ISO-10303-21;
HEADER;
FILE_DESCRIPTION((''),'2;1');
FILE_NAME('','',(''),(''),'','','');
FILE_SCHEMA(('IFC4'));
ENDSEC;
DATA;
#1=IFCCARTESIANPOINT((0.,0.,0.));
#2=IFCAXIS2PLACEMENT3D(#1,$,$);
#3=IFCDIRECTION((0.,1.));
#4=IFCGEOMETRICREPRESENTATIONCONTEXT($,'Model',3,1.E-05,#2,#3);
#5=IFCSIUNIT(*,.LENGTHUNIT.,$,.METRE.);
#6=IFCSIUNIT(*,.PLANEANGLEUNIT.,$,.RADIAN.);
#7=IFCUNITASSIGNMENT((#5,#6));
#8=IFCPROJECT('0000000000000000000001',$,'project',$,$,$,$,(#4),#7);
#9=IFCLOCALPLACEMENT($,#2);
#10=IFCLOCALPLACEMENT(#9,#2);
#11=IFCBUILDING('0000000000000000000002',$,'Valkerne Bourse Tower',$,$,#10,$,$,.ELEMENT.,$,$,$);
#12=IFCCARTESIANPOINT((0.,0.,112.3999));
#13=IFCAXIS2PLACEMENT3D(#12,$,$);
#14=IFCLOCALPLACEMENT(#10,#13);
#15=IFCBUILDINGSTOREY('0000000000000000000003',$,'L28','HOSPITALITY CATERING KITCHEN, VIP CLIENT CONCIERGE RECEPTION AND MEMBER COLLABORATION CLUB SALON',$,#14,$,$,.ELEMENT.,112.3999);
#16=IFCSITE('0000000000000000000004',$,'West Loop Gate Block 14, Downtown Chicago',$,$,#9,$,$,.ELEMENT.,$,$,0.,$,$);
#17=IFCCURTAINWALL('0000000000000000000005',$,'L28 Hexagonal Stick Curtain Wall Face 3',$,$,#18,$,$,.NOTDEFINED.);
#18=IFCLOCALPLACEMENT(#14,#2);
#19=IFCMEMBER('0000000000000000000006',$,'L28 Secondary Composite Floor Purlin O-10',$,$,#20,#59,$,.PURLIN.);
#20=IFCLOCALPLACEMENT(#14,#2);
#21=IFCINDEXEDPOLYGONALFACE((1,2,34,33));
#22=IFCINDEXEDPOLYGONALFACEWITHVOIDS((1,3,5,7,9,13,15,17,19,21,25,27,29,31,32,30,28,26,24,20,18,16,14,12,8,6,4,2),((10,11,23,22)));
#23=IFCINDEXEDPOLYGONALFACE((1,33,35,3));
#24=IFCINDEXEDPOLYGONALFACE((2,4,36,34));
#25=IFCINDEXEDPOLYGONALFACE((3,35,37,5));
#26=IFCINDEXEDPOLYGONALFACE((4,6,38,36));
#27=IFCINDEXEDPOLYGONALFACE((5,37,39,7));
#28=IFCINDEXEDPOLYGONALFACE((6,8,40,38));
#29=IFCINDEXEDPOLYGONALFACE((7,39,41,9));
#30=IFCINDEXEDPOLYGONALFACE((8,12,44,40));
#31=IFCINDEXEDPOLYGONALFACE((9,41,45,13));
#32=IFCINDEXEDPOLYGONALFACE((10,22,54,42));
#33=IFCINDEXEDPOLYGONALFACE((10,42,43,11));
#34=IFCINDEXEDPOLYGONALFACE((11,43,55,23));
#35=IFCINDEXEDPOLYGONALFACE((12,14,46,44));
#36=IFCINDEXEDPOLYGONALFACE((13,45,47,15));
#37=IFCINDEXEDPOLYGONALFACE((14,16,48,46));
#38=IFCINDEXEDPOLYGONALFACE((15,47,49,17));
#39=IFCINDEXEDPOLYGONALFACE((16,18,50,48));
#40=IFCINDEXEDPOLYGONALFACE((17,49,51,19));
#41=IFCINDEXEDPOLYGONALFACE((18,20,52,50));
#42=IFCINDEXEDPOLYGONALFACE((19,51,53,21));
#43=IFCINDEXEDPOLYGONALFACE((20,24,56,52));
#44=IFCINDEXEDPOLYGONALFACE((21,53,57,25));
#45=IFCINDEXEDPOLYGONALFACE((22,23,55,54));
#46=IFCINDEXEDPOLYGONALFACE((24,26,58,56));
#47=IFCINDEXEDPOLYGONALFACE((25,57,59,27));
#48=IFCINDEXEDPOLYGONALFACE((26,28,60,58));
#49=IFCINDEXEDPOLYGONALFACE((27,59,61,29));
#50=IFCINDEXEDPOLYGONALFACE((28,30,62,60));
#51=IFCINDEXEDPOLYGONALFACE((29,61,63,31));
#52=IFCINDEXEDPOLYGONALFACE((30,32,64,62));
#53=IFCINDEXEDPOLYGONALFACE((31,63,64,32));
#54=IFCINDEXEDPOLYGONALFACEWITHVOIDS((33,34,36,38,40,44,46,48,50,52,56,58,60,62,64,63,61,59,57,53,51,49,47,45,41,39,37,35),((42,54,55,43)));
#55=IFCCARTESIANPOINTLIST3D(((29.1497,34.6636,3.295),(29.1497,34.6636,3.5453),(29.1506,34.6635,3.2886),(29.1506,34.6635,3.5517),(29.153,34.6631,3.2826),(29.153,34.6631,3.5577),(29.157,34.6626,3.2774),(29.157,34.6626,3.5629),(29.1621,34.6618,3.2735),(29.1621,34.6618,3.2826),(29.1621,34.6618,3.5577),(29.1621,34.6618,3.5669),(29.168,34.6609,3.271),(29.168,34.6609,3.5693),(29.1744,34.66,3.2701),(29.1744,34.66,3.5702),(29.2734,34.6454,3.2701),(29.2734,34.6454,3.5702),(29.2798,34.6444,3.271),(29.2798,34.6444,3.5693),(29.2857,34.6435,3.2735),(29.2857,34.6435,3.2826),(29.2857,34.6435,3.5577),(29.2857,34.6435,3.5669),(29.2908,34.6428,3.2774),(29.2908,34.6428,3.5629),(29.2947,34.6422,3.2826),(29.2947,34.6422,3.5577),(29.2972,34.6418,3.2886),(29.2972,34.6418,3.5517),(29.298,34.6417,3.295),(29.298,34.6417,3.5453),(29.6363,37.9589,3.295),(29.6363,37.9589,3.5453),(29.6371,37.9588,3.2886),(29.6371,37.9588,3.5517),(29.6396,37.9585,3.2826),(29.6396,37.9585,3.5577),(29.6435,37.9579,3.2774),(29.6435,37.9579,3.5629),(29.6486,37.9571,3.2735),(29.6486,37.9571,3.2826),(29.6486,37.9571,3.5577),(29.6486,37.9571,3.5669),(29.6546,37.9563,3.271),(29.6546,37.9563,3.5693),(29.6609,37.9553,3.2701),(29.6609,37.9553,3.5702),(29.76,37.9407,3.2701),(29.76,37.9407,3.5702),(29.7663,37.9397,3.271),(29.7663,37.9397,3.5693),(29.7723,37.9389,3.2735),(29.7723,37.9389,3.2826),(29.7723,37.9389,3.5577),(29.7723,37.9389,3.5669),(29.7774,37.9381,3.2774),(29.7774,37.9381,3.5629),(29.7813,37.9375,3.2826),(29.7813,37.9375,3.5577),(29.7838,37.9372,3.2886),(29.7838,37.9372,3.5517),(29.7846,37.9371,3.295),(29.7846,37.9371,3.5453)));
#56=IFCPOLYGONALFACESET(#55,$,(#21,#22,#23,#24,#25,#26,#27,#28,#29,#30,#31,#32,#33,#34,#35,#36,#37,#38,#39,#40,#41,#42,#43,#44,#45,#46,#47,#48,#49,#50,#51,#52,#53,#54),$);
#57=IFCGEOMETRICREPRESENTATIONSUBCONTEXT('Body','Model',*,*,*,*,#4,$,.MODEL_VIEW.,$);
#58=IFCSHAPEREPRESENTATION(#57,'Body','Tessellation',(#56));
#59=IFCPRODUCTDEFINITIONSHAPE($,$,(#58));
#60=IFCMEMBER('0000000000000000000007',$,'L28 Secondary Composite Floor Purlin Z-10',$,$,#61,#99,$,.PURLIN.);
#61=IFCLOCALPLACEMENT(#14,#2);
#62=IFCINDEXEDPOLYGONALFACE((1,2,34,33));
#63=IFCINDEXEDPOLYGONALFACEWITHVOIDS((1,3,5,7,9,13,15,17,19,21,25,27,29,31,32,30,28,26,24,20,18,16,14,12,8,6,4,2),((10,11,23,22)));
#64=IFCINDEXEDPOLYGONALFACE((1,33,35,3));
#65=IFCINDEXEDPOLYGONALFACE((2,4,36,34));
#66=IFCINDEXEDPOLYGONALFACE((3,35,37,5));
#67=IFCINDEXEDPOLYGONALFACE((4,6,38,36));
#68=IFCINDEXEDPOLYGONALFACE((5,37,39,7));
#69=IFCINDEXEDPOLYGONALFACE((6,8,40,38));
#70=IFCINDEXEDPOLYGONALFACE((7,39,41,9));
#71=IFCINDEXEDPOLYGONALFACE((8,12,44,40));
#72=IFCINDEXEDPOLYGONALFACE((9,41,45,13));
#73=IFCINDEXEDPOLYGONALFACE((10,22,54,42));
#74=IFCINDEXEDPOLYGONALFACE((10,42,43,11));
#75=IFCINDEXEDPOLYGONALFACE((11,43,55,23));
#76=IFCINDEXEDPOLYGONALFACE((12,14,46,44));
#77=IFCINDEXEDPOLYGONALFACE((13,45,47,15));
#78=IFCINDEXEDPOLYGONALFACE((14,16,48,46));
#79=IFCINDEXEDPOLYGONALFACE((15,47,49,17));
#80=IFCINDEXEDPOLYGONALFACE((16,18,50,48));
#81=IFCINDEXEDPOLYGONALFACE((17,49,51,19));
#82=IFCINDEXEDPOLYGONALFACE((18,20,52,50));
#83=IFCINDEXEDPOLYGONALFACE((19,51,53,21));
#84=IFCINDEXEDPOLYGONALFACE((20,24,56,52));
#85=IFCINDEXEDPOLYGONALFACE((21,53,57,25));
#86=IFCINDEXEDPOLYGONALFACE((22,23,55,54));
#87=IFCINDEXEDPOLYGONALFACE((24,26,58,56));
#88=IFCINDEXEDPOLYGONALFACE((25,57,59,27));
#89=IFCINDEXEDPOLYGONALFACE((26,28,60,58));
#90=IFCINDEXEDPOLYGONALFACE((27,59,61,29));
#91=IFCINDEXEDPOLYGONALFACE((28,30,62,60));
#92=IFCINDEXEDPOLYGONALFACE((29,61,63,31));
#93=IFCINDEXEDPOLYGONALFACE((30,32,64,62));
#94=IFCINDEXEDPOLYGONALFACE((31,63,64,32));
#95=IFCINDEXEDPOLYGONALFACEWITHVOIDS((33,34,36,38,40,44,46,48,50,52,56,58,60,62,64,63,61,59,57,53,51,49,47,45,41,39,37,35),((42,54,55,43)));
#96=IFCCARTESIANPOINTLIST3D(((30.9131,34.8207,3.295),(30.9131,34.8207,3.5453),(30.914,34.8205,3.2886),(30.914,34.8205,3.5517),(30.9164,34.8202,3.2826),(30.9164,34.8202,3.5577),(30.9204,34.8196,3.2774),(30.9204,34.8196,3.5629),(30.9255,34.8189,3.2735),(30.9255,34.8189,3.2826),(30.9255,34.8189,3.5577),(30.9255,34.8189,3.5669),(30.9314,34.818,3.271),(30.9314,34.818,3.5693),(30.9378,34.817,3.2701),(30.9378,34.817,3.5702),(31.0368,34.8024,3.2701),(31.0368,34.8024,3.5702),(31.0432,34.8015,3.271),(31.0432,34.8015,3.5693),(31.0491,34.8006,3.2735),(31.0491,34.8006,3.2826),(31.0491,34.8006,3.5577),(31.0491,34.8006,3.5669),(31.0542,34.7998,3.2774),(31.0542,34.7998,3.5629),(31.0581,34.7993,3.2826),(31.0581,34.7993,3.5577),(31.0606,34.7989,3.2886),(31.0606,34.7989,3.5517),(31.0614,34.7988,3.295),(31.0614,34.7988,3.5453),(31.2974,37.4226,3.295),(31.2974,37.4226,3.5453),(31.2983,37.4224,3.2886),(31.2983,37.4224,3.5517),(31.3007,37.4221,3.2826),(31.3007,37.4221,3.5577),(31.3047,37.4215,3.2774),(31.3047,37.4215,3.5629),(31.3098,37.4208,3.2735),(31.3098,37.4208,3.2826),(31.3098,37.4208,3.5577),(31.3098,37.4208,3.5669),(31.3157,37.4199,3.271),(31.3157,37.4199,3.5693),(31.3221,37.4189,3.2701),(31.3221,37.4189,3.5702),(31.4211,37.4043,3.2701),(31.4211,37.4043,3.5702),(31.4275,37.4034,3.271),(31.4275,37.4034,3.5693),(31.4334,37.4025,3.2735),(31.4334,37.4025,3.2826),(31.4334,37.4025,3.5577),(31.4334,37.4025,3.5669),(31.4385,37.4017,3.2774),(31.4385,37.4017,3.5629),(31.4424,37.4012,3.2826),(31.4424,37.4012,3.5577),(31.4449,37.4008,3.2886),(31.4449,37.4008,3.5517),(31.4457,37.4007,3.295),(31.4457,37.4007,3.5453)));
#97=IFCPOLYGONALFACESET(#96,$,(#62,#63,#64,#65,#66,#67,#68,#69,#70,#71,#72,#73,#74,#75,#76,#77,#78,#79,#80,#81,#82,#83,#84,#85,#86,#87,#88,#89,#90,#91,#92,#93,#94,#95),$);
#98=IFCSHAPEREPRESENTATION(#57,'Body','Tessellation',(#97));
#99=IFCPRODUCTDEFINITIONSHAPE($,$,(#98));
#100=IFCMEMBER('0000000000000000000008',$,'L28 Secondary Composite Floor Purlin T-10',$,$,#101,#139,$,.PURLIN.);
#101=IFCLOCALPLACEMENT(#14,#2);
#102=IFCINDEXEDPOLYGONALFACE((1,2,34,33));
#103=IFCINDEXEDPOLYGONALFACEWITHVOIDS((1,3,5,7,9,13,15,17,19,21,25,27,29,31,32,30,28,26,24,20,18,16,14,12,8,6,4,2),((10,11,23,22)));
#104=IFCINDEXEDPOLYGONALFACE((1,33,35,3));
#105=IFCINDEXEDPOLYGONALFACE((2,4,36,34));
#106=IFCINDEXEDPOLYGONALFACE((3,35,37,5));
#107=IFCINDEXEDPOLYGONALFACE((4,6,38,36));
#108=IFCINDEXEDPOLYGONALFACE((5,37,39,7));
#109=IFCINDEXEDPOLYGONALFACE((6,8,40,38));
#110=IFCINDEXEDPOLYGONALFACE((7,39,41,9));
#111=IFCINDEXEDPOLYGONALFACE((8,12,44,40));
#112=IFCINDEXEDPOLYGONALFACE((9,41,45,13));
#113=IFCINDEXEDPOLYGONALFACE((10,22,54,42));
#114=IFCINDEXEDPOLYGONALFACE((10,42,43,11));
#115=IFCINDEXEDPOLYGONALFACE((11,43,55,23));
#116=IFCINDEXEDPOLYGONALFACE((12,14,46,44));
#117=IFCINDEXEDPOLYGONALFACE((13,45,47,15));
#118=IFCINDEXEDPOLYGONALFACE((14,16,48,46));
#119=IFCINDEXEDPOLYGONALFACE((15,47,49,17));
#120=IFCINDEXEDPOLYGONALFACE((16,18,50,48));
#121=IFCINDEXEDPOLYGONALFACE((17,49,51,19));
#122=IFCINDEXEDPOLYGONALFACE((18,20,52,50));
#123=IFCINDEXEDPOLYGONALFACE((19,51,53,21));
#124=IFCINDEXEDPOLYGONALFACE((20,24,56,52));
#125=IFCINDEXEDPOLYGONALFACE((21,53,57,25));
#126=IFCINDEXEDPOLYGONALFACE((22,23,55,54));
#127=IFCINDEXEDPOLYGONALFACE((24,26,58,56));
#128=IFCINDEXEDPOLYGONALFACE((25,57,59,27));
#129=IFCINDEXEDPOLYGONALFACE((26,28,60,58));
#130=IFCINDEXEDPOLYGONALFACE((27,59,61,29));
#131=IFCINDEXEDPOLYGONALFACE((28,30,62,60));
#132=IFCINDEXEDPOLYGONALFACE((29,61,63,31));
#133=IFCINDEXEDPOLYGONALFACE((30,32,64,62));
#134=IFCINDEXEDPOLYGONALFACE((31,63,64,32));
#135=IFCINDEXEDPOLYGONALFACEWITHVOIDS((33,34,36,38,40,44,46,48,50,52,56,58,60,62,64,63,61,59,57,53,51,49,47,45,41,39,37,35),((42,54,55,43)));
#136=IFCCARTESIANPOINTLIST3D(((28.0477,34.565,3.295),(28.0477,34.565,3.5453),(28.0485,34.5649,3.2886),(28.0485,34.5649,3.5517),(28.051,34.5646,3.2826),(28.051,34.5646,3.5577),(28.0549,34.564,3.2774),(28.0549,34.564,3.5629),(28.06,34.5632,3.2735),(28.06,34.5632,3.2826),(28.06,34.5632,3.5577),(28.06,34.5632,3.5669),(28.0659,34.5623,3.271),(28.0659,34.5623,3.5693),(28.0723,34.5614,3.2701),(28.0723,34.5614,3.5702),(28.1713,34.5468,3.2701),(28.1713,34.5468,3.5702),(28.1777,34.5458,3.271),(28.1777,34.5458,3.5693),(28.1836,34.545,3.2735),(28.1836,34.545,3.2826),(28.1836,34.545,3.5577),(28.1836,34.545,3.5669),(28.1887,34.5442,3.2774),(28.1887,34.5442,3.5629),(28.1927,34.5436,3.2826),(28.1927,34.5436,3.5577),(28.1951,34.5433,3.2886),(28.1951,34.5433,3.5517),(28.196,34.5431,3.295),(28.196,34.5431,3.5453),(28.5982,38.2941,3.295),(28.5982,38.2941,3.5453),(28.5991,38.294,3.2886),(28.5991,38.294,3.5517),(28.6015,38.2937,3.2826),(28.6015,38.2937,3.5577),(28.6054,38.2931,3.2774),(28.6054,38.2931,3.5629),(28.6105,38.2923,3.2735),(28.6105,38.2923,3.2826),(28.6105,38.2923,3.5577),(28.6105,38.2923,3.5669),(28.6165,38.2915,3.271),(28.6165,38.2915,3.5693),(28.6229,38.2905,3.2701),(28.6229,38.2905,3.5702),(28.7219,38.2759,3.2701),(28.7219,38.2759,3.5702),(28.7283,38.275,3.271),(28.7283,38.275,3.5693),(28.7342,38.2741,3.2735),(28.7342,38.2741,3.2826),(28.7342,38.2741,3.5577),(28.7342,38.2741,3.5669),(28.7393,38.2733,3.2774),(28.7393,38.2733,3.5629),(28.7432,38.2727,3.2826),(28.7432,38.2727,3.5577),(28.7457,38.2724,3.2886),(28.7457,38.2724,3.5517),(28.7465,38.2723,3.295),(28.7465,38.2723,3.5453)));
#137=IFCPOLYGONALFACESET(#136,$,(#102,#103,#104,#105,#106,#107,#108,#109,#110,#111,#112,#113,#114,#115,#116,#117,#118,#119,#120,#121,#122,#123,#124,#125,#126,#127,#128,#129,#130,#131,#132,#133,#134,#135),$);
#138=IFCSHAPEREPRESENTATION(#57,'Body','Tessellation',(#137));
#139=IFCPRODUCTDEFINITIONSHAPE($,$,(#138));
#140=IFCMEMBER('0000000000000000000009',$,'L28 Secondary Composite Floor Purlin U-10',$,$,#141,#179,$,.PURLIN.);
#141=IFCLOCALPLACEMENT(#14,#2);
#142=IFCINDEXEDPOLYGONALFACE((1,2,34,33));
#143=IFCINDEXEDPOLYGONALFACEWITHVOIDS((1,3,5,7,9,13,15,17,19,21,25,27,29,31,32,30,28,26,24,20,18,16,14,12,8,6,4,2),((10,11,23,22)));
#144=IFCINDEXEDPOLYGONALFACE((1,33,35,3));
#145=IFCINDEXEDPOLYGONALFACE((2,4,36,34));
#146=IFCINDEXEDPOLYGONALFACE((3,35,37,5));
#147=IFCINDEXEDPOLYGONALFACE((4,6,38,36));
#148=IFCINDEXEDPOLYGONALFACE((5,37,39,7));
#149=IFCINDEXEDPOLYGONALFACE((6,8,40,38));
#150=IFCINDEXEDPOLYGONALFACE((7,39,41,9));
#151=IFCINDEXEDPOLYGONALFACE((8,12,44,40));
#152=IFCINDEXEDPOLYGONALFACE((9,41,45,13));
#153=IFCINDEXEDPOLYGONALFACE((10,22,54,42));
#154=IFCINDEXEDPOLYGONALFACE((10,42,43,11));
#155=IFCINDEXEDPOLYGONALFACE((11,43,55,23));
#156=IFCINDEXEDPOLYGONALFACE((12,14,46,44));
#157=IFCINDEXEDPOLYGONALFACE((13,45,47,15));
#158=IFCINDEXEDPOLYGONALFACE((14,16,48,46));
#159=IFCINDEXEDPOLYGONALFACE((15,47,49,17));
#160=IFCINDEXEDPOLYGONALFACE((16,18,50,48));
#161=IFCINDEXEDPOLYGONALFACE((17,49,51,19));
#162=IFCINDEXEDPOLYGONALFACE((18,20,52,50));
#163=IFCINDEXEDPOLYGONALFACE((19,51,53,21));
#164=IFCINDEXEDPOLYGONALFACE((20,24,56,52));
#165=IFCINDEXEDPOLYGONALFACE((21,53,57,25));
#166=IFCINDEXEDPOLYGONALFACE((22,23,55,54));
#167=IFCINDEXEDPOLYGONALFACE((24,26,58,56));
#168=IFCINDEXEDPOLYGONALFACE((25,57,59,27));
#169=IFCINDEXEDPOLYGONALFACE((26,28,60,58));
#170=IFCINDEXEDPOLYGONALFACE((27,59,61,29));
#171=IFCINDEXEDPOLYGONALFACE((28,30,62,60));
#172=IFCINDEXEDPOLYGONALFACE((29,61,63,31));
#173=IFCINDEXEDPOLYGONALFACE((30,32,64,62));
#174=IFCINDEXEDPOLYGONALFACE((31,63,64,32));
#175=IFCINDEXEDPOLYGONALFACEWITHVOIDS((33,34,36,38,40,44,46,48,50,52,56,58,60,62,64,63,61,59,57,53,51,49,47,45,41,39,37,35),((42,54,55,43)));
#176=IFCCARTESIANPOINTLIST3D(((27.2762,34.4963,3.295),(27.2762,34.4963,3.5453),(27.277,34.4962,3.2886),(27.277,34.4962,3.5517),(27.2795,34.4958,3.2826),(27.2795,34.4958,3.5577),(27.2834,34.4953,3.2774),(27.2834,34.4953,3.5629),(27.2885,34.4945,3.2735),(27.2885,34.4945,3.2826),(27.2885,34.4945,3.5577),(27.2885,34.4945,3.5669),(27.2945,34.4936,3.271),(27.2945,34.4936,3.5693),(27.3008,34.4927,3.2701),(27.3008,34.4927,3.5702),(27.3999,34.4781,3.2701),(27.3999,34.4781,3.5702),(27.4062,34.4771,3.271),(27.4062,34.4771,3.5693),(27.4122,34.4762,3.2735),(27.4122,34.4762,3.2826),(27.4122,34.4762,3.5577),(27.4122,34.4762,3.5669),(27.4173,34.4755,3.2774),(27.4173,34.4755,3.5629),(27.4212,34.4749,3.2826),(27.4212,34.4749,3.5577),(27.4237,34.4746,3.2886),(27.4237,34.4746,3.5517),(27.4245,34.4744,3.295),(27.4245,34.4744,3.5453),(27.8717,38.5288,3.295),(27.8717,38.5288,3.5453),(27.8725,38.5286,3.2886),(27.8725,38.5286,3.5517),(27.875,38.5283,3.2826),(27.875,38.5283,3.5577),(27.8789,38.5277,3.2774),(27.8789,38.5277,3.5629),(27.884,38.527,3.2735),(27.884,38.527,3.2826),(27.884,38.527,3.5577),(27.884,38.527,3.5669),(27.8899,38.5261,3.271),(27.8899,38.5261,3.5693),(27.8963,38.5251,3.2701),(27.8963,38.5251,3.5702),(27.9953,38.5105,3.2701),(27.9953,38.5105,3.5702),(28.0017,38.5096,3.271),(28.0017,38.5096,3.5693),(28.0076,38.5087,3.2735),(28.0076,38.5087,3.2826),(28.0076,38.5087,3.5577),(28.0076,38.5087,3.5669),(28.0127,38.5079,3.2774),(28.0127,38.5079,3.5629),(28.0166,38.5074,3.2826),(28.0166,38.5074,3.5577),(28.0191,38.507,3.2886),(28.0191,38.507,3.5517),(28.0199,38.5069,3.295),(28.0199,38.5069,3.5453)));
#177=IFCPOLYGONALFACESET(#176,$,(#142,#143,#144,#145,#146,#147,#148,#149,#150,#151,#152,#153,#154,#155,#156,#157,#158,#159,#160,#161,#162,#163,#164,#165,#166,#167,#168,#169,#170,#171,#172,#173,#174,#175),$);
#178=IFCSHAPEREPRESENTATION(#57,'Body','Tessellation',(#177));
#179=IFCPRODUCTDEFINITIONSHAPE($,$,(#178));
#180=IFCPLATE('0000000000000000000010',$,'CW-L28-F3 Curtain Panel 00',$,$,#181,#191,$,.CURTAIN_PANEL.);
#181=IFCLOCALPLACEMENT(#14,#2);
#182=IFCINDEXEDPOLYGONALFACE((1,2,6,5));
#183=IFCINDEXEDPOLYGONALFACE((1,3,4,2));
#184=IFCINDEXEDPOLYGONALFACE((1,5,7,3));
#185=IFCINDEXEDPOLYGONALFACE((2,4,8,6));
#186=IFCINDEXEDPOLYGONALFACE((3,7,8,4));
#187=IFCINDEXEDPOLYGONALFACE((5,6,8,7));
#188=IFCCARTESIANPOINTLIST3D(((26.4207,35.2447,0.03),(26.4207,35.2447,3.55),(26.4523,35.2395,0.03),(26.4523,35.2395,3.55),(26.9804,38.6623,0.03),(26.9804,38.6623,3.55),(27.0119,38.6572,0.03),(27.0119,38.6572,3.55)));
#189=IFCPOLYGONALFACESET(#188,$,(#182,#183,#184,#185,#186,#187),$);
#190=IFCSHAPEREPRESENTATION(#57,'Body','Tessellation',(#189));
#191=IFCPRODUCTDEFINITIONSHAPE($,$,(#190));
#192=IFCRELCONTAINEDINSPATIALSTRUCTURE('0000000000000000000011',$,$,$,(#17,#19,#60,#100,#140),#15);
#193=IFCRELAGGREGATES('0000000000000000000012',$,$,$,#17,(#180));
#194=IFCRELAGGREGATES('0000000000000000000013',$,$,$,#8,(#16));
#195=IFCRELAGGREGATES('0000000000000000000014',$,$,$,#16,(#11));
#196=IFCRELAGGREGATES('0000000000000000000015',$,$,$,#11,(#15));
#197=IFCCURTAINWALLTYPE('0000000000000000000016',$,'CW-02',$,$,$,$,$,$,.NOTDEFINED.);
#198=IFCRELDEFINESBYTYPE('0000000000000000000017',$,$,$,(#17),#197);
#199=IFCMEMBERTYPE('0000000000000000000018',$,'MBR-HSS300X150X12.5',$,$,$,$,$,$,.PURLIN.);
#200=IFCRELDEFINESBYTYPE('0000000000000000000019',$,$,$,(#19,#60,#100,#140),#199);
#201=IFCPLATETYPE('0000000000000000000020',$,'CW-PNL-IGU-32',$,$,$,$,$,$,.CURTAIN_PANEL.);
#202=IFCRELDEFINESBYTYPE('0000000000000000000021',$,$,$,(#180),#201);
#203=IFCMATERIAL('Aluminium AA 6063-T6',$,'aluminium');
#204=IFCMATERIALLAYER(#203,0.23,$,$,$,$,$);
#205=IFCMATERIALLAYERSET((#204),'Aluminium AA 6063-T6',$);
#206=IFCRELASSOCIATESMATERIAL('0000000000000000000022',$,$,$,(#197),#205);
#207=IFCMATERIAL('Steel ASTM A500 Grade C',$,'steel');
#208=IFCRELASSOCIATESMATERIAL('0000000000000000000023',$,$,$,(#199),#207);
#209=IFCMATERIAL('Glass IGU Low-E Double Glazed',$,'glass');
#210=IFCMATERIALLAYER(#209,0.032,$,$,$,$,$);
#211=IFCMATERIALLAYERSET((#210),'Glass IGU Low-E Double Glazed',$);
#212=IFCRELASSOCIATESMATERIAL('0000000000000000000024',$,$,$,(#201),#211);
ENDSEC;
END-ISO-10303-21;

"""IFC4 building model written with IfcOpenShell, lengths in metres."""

from ifc_helpers import new_model, si_unit, direction, frame, origin, origin_2d, place, context, subcontext, project, spatial, rectangle, hollow_rectangle, extrude, material, layer, layer_set, material_profile, profile_set, type_object, element, aggregate, save


model = new_model("IFC4")

# Units and contexts
model_context = context("Model", 3, precision=1e-05, world=origin(), true_north=direction((0.0, 1.0)))
body_context = subcontext(model_context, "Body", "Model", "MODEL_VIEW")
ifc_project = project(units=[si_unit("LENGTHUNIT", "METRE"), si_unit("PLANEANGLEUNIT", "RADIAN")], contexts=[model_context])

# Site, building, storey
site_placement = place(None, origin())
site = spatial("IfcSite", under=ifc_project, at=site_placement, Name="West Loop Gate Block 14, Downtown Chicago", CompositionType="ELEMENT", RefElevation=0.0)
building_placement = place(site_placement, origin())
building = spatial("IfcBuilding", under=site, at=building_placement, Name="Valkerne Bourse Tower", CompositionType="ELEMENT")
storey_placement = place(building_placement, frame((0.0, 0.0, 112.3999)))
storey = spatial("IfcBuildingStorey", under=building, at=storey_placement, Name="L28", Description="HOSPITALITY CATERING KITCHEN, VIP CLIENT CONCIERGE RECEPTION AND MEMBER COLLABORATION CLUB SALON", CompositionType="ELEMENT", Elevation=112.3999)

# Curtain wall
ifc_material_1 = material(Name="Aluminium AA 6063-T6", Category="aluminium")
ifc_layer_1 = layer(ifc_material_1, 0.23)
ifc_layer_set_1 = layer_set([ifc_layer_1], Name="Aluminium AA 6063-T6")
curtain_wall_type = type_object("IfcCurtainWallType", Name="CW-02", PredefinedType="NOTDEFINED", material=ifc_layer_set_1)
curtain_wall_placement = place(storey_placement, origin())
curtain_wall = element("IfcCurtainWall", 1, at=curtain_wall_placement, inside=storey, type_object=curtain_wall_type, Name="L28 Hexagonal Stick Curtain Wall Face 3", PredefinedType="NOTDEFINED")

# Members
ifc_material_2 = material(Name="Steel ASTM A500 Grade C", Category="steel")
ifc_material_profile_1 = material_profile(ifc_material_2, hollow_rectangle(XDim=0.1499, YDim=0.3, WallThickness=0.0125, OuterFilletRadius=0.0249, at=origin_2d()), Name="HSS300X150X12.5")
ifc_profile_set_1 = profile_set([ifc_material_profile_1], Name="Steel ASTM A500 Grade C")
member_type_1 = type_object("IfcMemberType", Name="MBR-HSS300X150X12.5", PredefinedType="PURLIN", material=ifc_profile_set_1)
member_1_placement = place(storey_placement, frame((29.7104, 37.948, 3.4202), z_axis=(-0.146068, -0.989275, 0.0), x_axis=(0.989275, -0.146068, 0.0)))
element("IfcMember", 2, at=member_1_placement, inside=storey, type_object=member_type_1, Name="L28 Secondary Composite Floor Purlin O-10", PredefinedType="PURLIN", context=body_context, shape_type="SweptSolid", body=[
    extrude(hollow_rectangle(XDim=0.1499, YDim=0.3, WallThickness=0.0125, OuterFilletRadius=0.0249, at=origin_2d()), origin(), (0.0, 0.0, 1.0), 3.3311),
])
member_2_placement = place(storey_placement, frame((31.3716, 37.4116, 3.4202), z_axis=(-0.146111, -0.989268, 0.0), x_axis=(0.989268, -0.146111, 0.0)))
element("IfcMember", 3, at=member_2_placement, inside=storey, type_object=member_type_1, Name="L28 Secondary Composite Floor Purlin Z-10", PredefinedType="PURLIN", context=body_context, shape_type="SweptSolid", body=[
    extrude(hollow_rectangle(XDim=0.1499, YDim=0.3, WallThickness=0.0125, OuterFilletRadius=0.0249, at=origin_2d()), origin(), (0.0, 0.0, 1.0), 2.6301),
])
member_3_placement = place(storey_placement, frame((28.6724, 38.2832, 3.4202), z_axis=(-0.146053, -0.989277, 0.0), x_axis=(0.989277, -0.146053, 0.0)))
element("IfcMember", 4, at=member_3_placement, inside=storey, type_object=member_type_1, Name="L28 Secondary Composite Floor Purlin T-10", PredefinedType="PURLIN", context=body_context, shape_type="SweptSolid", body=[
    extrude(hollow_rectangle(XDim=0.1499, YDim=0.3, WallThickness=0.0125, OuterFilletRadius=0.0249, at=origin_2d()), origin(), (0.0, 0.0, 1.0), 3.7695),
])
member_4_placement = place(storey_placement, frame((27.9458, 38.5178, 3.4202), z_axis=(-0.146082, -0.989272, 0.0), x_axis=(0.989272, -0.146082, 0.0)))
element("IfcMember", 5, at=member_4_placement, inside=storey, type_object=member_type_1, Name="L28 Secondary Composite Floor Purlin U-10", PredefinedType="PURLIN", context=body_context, shape_type="SweptSolid", body=[
    extrude(hollow_rectangle(XDim=0.1499, YDim=0.3, WallThickness=0.0125, OuterFilletRadius=0.0249, at=origin_2d()), origin(), (0.0, 0.0, 1.0), 4.0762),
])

# Plate
ifc_material_3 = material(Name="Glass IGU Low-E Double Glazed", Category="glass")
ifc_layer_2 = layer(ifc_material_3, 0.032)
ifc_layer_set_2 = layer_set([ifc_layer_2], Name="Glass IGU Low-E Double Glazed")
plate_type = type_object("IfcPlateType", Name="CW-PNL-IGU-32", PredefinedType="CURTAIN_PANEL", material=ifc_layer_set_2)
plate_1_placement = place(storey_placement, frame((26.7163, 36.9509, 0.03), z_axis=(0.0, 0.0, 1.0), x_axis=(-0.161601, -0.986856, 0.0)))
plate_1 = element("IfcPlate", 6, at=plate_1_placement, type_object=plate_type, Name="CW-L28-F3 Curtain Panel 00", PredefinedType="CURTAIN_PANEL", context=body_context, shape_type="SweptSolid", body=[
    extrude(rectangle(XDim=3.4631, YDim=0.032, at=origin_2d()), origin(), (0.0, 0.0, 1.0), 3.52),
])
aggregate(curtain_wall, [plate_1])

save(model, "model.ifc")
